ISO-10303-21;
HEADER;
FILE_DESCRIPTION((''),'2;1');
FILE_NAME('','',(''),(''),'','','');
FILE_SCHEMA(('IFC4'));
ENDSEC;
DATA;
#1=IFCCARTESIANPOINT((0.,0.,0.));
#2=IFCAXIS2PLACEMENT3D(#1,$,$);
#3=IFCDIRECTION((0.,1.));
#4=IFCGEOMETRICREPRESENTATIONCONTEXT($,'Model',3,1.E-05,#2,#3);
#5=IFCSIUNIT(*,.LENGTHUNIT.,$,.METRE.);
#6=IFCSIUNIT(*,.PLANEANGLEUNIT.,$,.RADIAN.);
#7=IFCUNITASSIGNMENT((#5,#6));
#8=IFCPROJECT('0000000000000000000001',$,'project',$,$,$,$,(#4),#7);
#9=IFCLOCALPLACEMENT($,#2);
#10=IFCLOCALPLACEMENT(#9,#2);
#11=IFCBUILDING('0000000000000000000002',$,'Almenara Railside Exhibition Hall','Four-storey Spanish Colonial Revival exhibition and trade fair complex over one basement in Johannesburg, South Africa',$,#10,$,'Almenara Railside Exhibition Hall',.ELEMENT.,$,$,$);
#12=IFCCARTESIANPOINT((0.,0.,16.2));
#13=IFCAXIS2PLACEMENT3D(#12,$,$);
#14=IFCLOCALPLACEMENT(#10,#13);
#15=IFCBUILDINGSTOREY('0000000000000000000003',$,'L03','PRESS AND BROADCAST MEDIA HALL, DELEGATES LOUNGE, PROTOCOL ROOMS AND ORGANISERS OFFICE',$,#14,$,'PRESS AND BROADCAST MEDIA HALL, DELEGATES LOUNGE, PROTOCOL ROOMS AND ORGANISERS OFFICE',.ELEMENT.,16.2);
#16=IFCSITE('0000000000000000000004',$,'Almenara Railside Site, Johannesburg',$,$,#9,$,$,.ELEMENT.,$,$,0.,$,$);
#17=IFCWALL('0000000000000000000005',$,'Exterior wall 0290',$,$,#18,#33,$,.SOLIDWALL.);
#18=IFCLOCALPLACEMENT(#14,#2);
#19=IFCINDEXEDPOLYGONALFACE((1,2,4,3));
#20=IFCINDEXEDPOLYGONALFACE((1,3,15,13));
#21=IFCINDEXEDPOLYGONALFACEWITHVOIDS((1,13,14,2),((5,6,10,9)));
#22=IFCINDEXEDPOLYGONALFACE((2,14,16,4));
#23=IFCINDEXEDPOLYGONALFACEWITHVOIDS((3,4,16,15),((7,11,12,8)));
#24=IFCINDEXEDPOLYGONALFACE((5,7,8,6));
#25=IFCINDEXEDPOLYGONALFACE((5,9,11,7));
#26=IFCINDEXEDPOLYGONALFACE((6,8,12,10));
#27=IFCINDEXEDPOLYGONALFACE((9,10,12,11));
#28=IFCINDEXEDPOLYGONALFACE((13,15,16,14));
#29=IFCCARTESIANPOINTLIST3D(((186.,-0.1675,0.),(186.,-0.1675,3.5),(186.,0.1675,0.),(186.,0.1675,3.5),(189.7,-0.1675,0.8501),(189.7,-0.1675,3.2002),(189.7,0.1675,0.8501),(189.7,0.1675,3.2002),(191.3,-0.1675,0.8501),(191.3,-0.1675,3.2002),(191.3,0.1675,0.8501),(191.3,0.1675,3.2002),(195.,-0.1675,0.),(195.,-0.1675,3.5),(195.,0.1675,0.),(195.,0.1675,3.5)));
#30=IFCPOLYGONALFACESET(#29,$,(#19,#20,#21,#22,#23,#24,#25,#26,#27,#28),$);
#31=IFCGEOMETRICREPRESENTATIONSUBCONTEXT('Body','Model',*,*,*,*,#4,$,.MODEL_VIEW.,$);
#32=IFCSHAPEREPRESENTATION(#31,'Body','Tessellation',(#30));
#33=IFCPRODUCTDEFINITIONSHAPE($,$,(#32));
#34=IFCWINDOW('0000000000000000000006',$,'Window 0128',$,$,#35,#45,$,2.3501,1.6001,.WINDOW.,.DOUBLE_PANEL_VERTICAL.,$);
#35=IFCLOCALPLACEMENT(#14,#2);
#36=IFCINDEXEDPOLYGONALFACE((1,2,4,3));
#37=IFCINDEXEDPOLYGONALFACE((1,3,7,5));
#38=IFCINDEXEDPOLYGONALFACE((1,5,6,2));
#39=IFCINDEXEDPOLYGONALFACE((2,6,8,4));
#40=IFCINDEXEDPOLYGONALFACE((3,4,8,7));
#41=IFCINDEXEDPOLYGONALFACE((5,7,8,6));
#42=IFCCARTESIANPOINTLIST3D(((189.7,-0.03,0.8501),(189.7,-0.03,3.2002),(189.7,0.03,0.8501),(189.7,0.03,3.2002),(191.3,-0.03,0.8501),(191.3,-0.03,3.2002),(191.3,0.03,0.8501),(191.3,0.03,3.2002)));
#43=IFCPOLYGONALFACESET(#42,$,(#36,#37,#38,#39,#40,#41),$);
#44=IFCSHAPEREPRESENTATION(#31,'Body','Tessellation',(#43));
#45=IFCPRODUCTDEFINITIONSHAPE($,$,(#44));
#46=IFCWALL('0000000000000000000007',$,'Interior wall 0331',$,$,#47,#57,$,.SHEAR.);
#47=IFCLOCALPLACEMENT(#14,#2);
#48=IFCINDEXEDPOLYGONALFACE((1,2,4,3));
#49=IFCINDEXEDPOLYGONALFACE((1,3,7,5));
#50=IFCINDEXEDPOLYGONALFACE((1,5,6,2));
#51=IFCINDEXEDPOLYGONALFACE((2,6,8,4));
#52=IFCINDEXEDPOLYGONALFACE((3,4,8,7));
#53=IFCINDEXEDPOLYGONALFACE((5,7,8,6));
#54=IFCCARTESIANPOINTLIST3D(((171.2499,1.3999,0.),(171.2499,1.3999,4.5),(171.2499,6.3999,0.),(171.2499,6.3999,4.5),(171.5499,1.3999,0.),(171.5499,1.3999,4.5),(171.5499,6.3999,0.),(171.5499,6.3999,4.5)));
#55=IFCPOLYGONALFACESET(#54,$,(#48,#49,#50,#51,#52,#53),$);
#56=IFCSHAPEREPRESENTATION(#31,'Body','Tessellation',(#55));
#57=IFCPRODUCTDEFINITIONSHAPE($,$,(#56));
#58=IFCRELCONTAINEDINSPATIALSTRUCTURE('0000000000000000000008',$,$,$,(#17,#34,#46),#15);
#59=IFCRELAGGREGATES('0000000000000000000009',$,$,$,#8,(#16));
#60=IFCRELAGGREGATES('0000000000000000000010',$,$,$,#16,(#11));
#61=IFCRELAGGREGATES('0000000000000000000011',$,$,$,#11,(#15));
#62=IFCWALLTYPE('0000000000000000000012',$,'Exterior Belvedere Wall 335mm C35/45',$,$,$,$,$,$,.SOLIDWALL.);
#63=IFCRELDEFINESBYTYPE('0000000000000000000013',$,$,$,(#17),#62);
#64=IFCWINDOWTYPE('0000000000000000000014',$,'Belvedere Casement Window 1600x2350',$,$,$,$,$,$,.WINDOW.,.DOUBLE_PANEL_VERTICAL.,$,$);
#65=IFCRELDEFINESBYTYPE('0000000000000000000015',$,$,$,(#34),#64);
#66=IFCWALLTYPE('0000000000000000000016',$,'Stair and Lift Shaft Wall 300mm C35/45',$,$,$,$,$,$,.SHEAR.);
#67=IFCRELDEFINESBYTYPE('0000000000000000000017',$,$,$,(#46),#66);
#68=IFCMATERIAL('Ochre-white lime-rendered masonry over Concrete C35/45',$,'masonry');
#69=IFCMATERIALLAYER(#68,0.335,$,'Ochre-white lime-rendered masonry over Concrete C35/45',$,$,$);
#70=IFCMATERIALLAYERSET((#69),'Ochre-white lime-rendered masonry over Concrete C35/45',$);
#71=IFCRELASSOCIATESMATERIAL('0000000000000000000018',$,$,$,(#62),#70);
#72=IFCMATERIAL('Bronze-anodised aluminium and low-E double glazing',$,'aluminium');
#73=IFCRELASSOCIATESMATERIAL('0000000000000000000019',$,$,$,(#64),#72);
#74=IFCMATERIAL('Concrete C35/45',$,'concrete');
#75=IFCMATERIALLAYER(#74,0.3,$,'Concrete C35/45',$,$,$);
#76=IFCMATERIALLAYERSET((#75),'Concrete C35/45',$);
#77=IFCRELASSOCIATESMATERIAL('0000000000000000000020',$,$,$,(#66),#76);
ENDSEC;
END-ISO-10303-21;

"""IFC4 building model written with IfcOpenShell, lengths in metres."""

from ifc_helpers import new_model, si_unit, direction, frame, frame_2d, origin, place, context, subcontext, project, spatial, rectangle, extrude, material, layer, layer_set, type_object, element, fill, save


model = new_model("IFC4")

# Units and contexts
model_context = context("Model", 3, precision=1e-05, world=origin(), true_north=direction((0.0, 1.0)))
body_context = subcontext(model_context, "Body", "Model", "MODEL_VIEW")
ifc_project = project(units=[si_unit("LENGTHUNIT", "METRE"), si_unit("PLANEANGLEUNIT", "RADIAN")], contexts=[model_context])

# Site, building, storey
site_placement = place(None, origin())
site = spatial("IfcSite", under=ifc_project, at=site_placement, Name="Almenara Railside Site, Johannesburg", CompositionType="ELEMENT", RefElevation=0.0)
building_placement = place(site_placement, origin())
building = spatial("IfcBuilding", under=site, at=building_placement, Name="Almenara Railside Exhibition Hall", Description="Four-storey Spanish Colonial Revival exhibition and trade fair complex over one basement in Johannesburg, South Africa", LongName="Almenara Railside Exhibition Hall", CompositionType="ELEMENT")
storey_placement = place(building_placement, frame((0.0, 0.0, 16.2)))
storey = spatial("IfcBuildingStorey", under=building, at=storey_placement, Name="L03", Description="PRESS AND BROADCAST MEDIA HALL, DELEGATES LOUNGE, PROTOCOL ROOMS AND ORGANISERS OFFICE", LongName="PRESS AND BROADCAST MEDIA HALL, DELEGATES LOUNGE, PROTOCOL ROOMS AND ORGANISERS OFFICE", CompositionType="ELEMENT", Elevation=16.2)

# Shared definitions
ifc_material_1 = material(Name="Concrete C35/45", Category="concrete")

# Wall, opening, window
ifc_material_2 = material(Name="Ochre-white lime-rendered masonry over Concrete C35/45", Category="masonry")
ifc_layer_1 = layer(ifc_material_2, 0.335, Name="Ochre-white lime-rendered masonry over Concrete C35/45")
ifc_layer_set_1 = layer_set([ifc_layer_1], Name="Ochre-white lime-rendered masonry over Concrete C35/45")
wall_type_1 = type_object("IfcWallType", Name="Exterior Belvedere Wall 335mm C35/45", PredefinedType="SOLIDWALL", material=ifc_layer_set_1)
ifc_material_3 = material(Name="Bronze-anodised aluminium and low-E double glazing", Category="aluminium")
window_type = type_object("IfcWindowType", Name="Belvedere Casement Window 1600x2350", PartitioningType="DOUBLE_PANEL_VERTICAL", PredefinedType="WINDOW", material=ifc_material_3)
wall_1_placement = place(storey_placement, frame((186.0, 0.0, 0.0), z_axis=(0.0, 0.0, 1.0), x_axis=(1.0, 0.0, 0.0)))
wall_1 = element("IfcWall", 1, at=wall_1_placement, inside=storey, type_object=wall_type_1, Name="Exterior wall 0290", PredefinedType="SOLIDWALL", context=body_context, shape_type="SweptSolid", body=[
    extrude(rectangle(XDim=9.0, YDim=0.335, at=frame_2d((4.5, 0.0))), origin(), (0.0, 0.0, 1.0), 3.5),
])
opening_1_placement = place(wall_1_placement, frame((3.7, 0.0, 0.8501)))
opening_1 = element("IfcOpeningElement", 2, at=opening_1_placement, cuts=wall_1, PredefinedType="OPENING", context=body_context, shape_type="SweptSolid", body=[
    extrude(rectangle(XDim=1.6001, YDim=2.3501, at=frame_2d((0.8, 1.175))), frame((0.0, 0.1775, 0.0), z_axis=(0.0, -1.0, 0.0), x_axis=(1.0, 0.0, 0.0)), (0.0, 0.0, 1.0), 0.355),
])
window_1_placement = place(opening_1_placement, origin())
window_1 = element("IfcWindow", 3, at=window_1_placement, inside=storey, type_object=window_type, Name="Window 0128", OverallHeight=2.3501, OverallWidth=1.6001, PartitioningType="DOUBLE_PANEL_VERTICAL", PredefinedType="WINDOW", context=body_context, shape_type="SweptSolid", body=[
    extrude(rectangle(XDim=1.6001, YDim=2.3501, at=frame_2d((0.8, 1.175))), frame((0.0, 0.03, 0.0), z_axis=(0.0, -1.0, 0.0), x_axis=(1.0, 0.0, 0.0)), (0.0, 0.0, 1.0), 0.0601),
])
fill(opening_1, window_1)

# Shared definitions
ifc_layer_2 = layer(ifc_material_1, 0.3, Name="Concrete C35/45")
ifc_layer_set_2 = layer_set([ifc_layer_2], Name="Concrete C35/45")
wall_type_2 = type_object("IfcWallType", Name="Stair and Lift Shaft Wall 300mm C35/45", PredefinedType="SHEAR", material=ifc_layer_set_2)

# Wall
wall_2_placement = place(storey_placement, frame((171.3999, 1.3999, 0.0), z_axis=(0.0, 0.0, 1.0), x_axis=(0.0, 1.0, 0.0)))
element("IfcWall", 4, at=wall_2_placement, inside=storey, type_object=wall_type_2, Name="Interior wall 0331", PredefinedType="SHEAR", context=body_context, shape_type="SweptSolid", body=[
    extrude(rectangle(XDim=5.0, YDim=0.3, at=frame_2d((2.5, 0.0))), origin(), (0.0, 0.0, 1.0), 4.5),
])

save(model, "model.ifc")
